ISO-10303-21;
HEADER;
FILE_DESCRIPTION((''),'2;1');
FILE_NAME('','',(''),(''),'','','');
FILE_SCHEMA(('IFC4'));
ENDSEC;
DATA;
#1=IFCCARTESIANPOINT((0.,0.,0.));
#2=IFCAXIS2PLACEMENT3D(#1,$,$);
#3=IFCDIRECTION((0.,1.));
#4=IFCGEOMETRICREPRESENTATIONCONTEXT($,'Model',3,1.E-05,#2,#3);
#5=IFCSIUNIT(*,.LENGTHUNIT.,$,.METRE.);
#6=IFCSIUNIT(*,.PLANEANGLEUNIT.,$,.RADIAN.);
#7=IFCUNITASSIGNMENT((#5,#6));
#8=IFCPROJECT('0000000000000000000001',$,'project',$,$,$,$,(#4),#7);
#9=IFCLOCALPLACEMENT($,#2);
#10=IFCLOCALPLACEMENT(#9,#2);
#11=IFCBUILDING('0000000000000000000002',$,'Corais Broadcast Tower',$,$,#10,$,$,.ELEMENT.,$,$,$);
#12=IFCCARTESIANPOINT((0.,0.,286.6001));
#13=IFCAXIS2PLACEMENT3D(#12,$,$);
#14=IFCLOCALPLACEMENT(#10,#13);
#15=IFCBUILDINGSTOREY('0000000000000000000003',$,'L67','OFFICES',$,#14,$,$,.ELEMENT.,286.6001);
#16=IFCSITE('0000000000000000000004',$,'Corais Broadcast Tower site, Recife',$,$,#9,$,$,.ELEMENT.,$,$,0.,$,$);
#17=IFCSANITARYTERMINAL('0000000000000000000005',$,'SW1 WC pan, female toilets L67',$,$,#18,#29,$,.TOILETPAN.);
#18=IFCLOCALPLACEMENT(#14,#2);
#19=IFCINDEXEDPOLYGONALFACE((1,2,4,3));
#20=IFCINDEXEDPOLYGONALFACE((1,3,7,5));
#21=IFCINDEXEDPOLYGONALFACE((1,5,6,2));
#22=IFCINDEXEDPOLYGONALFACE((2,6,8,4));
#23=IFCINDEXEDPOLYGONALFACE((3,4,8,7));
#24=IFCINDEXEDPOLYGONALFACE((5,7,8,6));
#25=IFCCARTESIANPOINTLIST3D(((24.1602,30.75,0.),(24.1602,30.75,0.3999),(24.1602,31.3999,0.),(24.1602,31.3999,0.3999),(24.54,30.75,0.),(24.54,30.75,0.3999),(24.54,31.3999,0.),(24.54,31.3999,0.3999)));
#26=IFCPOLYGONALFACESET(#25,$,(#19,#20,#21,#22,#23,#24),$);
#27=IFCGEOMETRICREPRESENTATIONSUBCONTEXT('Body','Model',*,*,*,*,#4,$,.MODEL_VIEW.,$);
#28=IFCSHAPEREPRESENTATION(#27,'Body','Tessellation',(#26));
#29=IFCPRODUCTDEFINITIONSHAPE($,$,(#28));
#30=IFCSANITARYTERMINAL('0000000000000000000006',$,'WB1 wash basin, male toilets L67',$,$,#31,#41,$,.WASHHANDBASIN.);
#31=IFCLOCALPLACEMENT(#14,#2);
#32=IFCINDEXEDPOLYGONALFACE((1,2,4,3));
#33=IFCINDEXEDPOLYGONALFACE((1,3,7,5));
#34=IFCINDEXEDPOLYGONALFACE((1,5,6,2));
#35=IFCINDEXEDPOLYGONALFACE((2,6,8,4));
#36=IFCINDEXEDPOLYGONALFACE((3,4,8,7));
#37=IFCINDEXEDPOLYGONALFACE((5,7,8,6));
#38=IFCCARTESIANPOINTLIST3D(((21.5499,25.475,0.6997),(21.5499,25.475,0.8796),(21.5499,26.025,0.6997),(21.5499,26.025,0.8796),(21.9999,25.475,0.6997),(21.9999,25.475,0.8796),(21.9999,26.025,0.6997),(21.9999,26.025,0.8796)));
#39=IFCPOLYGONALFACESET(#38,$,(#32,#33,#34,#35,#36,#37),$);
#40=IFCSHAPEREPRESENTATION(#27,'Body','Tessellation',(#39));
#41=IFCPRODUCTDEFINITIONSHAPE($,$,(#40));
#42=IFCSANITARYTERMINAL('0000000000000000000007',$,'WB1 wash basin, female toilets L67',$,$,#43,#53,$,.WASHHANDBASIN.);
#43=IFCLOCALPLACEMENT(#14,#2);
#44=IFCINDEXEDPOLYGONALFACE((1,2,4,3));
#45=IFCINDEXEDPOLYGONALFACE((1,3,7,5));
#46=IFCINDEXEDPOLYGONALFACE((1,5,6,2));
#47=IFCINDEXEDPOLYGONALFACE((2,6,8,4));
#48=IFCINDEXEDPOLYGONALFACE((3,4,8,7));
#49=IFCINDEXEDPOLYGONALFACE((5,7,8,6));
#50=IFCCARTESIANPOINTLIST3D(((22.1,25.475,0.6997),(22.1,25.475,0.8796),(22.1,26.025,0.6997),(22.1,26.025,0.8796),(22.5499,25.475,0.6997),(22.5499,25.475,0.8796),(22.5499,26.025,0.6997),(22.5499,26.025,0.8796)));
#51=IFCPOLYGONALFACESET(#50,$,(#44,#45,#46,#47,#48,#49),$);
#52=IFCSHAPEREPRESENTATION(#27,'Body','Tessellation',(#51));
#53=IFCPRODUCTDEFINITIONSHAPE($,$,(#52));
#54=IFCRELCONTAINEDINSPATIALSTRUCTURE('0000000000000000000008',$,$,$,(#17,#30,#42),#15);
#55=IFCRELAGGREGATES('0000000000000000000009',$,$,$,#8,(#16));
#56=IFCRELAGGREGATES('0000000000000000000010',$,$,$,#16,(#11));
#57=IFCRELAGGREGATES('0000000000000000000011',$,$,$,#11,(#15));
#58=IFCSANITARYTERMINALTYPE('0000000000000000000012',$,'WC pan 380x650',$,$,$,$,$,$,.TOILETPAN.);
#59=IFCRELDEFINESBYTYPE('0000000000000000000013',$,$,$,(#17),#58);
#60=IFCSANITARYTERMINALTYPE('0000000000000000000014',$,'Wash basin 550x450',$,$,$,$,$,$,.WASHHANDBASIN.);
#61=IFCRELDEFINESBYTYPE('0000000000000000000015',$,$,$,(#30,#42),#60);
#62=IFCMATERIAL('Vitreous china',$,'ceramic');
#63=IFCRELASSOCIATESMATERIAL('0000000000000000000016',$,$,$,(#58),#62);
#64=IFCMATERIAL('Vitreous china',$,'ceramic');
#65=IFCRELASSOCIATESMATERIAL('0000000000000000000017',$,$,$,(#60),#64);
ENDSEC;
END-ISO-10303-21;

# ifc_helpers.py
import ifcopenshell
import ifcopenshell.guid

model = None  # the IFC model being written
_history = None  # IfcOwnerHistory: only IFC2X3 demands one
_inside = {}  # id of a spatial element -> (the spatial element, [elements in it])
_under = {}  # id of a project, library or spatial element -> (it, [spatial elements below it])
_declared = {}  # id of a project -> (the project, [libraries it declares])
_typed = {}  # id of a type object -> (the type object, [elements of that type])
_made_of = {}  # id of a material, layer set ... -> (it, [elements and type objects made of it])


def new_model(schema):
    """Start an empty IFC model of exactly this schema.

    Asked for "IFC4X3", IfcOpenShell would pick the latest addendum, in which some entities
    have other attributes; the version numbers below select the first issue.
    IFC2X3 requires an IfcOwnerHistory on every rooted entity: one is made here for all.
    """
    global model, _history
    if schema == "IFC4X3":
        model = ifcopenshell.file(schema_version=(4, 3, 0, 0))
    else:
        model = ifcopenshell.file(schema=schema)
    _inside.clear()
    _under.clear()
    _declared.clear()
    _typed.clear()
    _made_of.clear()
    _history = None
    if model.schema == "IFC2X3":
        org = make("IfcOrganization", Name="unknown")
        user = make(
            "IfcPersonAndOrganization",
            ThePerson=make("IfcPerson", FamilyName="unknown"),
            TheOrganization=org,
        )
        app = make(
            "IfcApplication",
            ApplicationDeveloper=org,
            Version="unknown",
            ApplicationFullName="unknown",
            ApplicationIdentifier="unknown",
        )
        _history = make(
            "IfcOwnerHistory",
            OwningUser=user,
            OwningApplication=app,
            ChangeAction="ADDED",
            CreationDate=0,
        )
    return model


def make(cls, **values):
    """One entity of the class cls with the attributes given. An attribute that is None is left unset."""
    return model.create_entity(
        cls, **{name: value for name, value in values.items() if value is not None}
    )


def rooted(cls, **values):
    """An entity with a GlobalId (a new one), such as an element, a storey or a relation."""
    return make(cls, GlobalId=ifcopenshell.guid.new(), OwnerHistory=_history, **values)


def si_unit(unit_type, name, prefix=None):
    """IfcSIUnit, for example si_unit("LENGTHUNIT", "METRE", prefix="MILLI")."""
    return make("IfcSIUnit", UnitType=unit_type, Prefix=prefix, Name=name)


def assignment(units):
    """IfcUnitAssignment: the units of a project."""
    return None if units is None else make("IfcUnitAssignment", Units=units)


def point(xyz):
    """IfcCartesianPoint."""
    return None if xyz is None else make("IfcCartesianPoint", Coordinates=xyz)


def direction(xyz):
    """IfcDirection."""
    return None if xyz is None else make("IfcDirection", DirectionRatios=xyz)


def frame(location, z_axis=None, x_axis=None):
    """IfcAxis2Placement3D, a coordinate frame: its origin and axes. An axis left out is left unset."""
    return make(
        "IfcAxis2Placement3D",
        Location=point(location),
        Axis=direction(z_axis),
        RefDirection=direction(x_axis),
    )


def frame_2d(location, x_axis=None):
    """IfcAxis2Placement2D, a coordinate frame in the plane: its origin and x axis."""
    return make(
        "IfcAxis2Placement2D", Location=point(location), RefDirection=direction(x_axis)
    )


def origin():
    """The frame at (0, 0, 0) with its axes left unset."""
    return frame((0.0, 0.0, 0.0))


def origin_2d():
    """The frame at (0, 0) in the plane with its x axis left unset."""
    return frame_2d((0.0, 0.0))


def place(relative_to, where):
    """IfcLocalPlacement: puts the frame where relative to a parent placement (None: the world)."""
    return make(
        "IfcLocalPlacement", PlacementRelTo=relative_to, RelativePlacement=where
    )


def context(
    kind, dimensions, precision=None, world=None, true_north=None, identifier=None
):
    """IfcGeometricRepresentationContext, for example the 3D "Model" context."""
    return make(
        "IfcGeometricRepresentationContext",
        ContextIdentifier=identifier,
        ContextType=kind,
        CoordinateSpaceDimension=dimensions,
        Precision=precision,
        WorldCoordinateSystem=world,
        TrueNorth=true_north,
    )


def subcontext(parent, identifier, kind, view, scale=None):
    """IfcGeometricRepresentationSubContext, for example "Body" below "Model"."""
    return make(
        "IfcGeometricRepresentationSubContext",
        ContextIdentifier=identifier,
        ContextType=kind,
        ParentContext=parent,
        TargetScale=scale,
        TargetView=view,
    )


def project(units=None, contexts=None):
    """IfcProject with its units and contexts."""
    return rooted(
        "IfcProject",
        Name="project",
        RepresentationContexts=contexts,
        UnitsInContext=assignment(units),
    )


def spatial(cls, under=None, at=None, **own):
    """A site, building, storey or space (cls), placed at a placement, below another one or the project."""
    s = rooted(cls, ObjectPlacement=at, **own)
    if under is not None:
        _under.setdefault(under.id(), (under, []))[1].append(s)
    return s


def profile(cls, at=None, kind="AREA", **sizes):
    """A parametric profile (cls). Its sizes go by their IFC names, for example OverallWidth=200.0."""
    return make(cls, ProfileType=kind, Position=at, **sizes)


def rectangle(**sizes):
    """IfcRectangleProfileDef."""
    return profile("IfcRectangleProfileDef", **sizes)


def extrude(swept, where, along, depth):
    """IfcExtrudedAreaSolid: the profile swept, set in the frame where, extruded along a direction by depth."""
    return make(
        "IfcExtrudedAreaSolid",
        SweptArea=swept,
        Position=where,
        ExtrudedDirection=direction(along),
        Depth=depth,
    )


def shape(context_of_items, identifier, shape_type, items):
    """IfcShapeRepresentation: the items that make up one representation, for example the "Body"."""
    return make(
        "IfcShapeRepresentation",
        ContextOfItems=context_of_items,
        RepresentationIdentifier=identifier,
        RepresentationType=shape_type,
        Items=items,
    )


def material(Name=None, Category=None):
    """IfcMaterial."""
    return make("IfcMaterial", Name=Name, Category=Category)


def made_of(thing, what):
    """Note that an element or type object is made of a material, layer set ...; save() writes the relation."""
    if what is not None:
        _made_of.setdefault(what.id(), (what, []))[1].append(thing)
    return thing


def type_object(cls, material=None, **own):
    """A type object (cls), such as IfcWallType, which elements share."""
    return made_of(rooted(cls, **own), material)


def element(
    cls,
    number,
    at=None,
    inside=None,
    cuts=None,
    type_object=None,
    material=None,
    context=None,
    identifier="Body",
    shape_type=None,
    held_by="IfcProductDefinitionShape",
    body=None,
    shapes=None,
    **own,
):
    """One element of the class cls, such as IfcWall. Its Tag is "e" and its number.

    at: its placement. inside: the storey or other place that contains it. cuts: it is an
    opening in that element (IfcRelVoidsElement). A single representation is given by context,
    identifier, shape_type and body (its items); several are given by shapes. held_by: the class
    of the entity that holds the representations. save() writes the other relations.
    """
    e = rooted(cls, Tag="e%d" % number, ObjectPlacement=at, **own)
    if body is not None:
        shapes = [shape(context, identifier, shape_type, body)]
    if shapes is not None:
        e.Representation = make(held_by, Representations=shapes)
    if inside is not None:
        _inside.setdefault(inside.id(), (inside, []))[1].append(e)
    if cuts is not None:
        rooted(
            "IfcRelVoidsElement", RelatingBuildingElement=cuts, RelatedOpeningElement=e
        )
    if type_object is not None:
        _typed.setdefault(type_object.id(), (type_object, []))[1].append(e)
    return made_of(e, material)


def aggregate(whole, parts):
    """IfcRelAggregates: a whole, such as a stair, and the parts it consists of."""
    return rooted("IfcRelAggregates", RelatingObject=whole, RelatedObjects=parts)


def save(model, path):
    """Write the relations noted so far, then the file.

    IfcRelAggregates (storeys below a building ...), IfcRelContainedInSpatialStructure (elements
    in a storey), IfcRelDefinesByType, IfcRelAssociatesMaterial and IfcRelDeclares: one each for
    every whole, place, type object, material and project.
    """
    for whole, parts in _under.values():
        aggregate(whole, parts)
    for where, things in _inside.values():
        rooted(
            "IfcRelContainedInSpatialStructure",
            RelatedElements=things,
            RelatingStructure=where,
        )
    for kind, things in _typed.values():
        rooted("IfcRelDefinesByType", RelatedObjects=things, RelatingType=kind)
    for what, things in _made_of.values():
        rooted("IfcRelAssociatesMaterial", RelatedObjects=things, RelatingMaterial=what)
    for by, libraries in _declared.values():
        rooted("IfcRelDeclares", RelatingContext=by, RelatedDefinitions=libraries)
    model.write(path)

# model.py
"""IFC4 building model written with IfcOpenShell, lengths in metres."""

from ifc_helpers import new_model, si_unit, direction, frame, origin, origin_2d, place, context, subcontext, project, spatial, rectangle, extrude, material, type_object, element, save


model = new_model("IFC4")

# Units and contexts
model_context = context("Model", 3, precision=1e-05, world=origin(), true_north=direction((0.0, 1.0)))
body_context = subcontext(model_context, "Body", "Model", "MODEL_VIEW")
ifc_project = project(units=[si_unit("LENGTHUNIT", "METRE"), si_unit("PLANEANGLEUNIT", "RADIAN")], contexts=[model_context])

# Site, building, storey
site_placement = place(None, origin())
site = spatial("IfcSite", under=ifc_project, at=site_placement, Name="Corais Broadcast Tower site, Recife", CompositionType="ELEMENT", RefElevation=0.0)
building_placement = place(site_placement, origin())
building = spatial("IfcBuilding", under=site, at=building_placement, Name="Corais Broadcast Tower", CompositionType="ELEMENT")
storey_placement = place(building_placement, frame((0.0, 0.0, 286.6001)))
storey = spatial("IfcBuildingStorey", under=building, at=storey_placement, Name="L67", Description="OFFICES", CompositionType="ELEMENT", Elevation=286.6001)

# Sanitary terminals
ifc_material_1 = material(Name="Vitreous china", Category="ceramic")
sanitary_terminal_type_1 = type_object("IfcSanitaryTerminalType", Name="WC pan 380x650", PredefinedType="TOILETPAN", material=ifc_material_1)
for number, where, z_axis, x_axis, name in (
    (1, (24.3501, 31.075, 0.0), (0.0, 0.0, 1.0), (1.0, 0.0, 0.0), "SW1 WC pan, female toilets L67"),
):
    element("IfcSanitaryTerminal", number, at=place(storey_placement, frame(where, z_axis=z_axis, x_axis=x_axis)), inside=storey, type_object=sanitary_terminal_type_1, Name=name, PredefinedType="TOILETPAN", context=body_context, shape_type="SweptSolid", body=[
        extrude(rectangle(XDim=0.3799, YDim=0.6499, at=origin_2d()), origin(), (0.0, 0.0, 1.0), 0.3999),
    ])
ifc_material_2 = material(Name="Vitreous china", Category="ceramic")
sanitary_terminal_type_2 = type_object("IfcSanitaryTerminalType", Name="Wash basin 550x450", PredefinedType="WASHHANDBASIN", material=ifc_material_2)
for number, where, z_axis, x_axis, name in (
    (2, (21.7749, 25.75, 0.6997), (0.0, 0.0, 1.0), (1.0, 0.0, 0.0), "WB1 wash basin, male toilets L67"),
    (3, (22.325, 25.75, 0.6997), (0.0, 0.0, 1.0), (1.0, 0.0, 0.0), "WB1 wash basin, female toilets L67"),
):
    element("IfcSanitaryTerminal", number, at=place(storey_placement, frame(where, z_axis=z_axis, x_axis=x_axis)), inside=storey, type_object=sanitary_terminal_type_2, Name=name, PredefinedType="WASHHANDBASIN", context=body_context, shape_type="SweptSolid", body=[
        extrude(rectangle(XDim=0.45, YDim=0.55, at=origin_2d()), origin(), (0.0, 0.0, 1.0), 0.1799),
    ])

save(model, "model.ifc")
